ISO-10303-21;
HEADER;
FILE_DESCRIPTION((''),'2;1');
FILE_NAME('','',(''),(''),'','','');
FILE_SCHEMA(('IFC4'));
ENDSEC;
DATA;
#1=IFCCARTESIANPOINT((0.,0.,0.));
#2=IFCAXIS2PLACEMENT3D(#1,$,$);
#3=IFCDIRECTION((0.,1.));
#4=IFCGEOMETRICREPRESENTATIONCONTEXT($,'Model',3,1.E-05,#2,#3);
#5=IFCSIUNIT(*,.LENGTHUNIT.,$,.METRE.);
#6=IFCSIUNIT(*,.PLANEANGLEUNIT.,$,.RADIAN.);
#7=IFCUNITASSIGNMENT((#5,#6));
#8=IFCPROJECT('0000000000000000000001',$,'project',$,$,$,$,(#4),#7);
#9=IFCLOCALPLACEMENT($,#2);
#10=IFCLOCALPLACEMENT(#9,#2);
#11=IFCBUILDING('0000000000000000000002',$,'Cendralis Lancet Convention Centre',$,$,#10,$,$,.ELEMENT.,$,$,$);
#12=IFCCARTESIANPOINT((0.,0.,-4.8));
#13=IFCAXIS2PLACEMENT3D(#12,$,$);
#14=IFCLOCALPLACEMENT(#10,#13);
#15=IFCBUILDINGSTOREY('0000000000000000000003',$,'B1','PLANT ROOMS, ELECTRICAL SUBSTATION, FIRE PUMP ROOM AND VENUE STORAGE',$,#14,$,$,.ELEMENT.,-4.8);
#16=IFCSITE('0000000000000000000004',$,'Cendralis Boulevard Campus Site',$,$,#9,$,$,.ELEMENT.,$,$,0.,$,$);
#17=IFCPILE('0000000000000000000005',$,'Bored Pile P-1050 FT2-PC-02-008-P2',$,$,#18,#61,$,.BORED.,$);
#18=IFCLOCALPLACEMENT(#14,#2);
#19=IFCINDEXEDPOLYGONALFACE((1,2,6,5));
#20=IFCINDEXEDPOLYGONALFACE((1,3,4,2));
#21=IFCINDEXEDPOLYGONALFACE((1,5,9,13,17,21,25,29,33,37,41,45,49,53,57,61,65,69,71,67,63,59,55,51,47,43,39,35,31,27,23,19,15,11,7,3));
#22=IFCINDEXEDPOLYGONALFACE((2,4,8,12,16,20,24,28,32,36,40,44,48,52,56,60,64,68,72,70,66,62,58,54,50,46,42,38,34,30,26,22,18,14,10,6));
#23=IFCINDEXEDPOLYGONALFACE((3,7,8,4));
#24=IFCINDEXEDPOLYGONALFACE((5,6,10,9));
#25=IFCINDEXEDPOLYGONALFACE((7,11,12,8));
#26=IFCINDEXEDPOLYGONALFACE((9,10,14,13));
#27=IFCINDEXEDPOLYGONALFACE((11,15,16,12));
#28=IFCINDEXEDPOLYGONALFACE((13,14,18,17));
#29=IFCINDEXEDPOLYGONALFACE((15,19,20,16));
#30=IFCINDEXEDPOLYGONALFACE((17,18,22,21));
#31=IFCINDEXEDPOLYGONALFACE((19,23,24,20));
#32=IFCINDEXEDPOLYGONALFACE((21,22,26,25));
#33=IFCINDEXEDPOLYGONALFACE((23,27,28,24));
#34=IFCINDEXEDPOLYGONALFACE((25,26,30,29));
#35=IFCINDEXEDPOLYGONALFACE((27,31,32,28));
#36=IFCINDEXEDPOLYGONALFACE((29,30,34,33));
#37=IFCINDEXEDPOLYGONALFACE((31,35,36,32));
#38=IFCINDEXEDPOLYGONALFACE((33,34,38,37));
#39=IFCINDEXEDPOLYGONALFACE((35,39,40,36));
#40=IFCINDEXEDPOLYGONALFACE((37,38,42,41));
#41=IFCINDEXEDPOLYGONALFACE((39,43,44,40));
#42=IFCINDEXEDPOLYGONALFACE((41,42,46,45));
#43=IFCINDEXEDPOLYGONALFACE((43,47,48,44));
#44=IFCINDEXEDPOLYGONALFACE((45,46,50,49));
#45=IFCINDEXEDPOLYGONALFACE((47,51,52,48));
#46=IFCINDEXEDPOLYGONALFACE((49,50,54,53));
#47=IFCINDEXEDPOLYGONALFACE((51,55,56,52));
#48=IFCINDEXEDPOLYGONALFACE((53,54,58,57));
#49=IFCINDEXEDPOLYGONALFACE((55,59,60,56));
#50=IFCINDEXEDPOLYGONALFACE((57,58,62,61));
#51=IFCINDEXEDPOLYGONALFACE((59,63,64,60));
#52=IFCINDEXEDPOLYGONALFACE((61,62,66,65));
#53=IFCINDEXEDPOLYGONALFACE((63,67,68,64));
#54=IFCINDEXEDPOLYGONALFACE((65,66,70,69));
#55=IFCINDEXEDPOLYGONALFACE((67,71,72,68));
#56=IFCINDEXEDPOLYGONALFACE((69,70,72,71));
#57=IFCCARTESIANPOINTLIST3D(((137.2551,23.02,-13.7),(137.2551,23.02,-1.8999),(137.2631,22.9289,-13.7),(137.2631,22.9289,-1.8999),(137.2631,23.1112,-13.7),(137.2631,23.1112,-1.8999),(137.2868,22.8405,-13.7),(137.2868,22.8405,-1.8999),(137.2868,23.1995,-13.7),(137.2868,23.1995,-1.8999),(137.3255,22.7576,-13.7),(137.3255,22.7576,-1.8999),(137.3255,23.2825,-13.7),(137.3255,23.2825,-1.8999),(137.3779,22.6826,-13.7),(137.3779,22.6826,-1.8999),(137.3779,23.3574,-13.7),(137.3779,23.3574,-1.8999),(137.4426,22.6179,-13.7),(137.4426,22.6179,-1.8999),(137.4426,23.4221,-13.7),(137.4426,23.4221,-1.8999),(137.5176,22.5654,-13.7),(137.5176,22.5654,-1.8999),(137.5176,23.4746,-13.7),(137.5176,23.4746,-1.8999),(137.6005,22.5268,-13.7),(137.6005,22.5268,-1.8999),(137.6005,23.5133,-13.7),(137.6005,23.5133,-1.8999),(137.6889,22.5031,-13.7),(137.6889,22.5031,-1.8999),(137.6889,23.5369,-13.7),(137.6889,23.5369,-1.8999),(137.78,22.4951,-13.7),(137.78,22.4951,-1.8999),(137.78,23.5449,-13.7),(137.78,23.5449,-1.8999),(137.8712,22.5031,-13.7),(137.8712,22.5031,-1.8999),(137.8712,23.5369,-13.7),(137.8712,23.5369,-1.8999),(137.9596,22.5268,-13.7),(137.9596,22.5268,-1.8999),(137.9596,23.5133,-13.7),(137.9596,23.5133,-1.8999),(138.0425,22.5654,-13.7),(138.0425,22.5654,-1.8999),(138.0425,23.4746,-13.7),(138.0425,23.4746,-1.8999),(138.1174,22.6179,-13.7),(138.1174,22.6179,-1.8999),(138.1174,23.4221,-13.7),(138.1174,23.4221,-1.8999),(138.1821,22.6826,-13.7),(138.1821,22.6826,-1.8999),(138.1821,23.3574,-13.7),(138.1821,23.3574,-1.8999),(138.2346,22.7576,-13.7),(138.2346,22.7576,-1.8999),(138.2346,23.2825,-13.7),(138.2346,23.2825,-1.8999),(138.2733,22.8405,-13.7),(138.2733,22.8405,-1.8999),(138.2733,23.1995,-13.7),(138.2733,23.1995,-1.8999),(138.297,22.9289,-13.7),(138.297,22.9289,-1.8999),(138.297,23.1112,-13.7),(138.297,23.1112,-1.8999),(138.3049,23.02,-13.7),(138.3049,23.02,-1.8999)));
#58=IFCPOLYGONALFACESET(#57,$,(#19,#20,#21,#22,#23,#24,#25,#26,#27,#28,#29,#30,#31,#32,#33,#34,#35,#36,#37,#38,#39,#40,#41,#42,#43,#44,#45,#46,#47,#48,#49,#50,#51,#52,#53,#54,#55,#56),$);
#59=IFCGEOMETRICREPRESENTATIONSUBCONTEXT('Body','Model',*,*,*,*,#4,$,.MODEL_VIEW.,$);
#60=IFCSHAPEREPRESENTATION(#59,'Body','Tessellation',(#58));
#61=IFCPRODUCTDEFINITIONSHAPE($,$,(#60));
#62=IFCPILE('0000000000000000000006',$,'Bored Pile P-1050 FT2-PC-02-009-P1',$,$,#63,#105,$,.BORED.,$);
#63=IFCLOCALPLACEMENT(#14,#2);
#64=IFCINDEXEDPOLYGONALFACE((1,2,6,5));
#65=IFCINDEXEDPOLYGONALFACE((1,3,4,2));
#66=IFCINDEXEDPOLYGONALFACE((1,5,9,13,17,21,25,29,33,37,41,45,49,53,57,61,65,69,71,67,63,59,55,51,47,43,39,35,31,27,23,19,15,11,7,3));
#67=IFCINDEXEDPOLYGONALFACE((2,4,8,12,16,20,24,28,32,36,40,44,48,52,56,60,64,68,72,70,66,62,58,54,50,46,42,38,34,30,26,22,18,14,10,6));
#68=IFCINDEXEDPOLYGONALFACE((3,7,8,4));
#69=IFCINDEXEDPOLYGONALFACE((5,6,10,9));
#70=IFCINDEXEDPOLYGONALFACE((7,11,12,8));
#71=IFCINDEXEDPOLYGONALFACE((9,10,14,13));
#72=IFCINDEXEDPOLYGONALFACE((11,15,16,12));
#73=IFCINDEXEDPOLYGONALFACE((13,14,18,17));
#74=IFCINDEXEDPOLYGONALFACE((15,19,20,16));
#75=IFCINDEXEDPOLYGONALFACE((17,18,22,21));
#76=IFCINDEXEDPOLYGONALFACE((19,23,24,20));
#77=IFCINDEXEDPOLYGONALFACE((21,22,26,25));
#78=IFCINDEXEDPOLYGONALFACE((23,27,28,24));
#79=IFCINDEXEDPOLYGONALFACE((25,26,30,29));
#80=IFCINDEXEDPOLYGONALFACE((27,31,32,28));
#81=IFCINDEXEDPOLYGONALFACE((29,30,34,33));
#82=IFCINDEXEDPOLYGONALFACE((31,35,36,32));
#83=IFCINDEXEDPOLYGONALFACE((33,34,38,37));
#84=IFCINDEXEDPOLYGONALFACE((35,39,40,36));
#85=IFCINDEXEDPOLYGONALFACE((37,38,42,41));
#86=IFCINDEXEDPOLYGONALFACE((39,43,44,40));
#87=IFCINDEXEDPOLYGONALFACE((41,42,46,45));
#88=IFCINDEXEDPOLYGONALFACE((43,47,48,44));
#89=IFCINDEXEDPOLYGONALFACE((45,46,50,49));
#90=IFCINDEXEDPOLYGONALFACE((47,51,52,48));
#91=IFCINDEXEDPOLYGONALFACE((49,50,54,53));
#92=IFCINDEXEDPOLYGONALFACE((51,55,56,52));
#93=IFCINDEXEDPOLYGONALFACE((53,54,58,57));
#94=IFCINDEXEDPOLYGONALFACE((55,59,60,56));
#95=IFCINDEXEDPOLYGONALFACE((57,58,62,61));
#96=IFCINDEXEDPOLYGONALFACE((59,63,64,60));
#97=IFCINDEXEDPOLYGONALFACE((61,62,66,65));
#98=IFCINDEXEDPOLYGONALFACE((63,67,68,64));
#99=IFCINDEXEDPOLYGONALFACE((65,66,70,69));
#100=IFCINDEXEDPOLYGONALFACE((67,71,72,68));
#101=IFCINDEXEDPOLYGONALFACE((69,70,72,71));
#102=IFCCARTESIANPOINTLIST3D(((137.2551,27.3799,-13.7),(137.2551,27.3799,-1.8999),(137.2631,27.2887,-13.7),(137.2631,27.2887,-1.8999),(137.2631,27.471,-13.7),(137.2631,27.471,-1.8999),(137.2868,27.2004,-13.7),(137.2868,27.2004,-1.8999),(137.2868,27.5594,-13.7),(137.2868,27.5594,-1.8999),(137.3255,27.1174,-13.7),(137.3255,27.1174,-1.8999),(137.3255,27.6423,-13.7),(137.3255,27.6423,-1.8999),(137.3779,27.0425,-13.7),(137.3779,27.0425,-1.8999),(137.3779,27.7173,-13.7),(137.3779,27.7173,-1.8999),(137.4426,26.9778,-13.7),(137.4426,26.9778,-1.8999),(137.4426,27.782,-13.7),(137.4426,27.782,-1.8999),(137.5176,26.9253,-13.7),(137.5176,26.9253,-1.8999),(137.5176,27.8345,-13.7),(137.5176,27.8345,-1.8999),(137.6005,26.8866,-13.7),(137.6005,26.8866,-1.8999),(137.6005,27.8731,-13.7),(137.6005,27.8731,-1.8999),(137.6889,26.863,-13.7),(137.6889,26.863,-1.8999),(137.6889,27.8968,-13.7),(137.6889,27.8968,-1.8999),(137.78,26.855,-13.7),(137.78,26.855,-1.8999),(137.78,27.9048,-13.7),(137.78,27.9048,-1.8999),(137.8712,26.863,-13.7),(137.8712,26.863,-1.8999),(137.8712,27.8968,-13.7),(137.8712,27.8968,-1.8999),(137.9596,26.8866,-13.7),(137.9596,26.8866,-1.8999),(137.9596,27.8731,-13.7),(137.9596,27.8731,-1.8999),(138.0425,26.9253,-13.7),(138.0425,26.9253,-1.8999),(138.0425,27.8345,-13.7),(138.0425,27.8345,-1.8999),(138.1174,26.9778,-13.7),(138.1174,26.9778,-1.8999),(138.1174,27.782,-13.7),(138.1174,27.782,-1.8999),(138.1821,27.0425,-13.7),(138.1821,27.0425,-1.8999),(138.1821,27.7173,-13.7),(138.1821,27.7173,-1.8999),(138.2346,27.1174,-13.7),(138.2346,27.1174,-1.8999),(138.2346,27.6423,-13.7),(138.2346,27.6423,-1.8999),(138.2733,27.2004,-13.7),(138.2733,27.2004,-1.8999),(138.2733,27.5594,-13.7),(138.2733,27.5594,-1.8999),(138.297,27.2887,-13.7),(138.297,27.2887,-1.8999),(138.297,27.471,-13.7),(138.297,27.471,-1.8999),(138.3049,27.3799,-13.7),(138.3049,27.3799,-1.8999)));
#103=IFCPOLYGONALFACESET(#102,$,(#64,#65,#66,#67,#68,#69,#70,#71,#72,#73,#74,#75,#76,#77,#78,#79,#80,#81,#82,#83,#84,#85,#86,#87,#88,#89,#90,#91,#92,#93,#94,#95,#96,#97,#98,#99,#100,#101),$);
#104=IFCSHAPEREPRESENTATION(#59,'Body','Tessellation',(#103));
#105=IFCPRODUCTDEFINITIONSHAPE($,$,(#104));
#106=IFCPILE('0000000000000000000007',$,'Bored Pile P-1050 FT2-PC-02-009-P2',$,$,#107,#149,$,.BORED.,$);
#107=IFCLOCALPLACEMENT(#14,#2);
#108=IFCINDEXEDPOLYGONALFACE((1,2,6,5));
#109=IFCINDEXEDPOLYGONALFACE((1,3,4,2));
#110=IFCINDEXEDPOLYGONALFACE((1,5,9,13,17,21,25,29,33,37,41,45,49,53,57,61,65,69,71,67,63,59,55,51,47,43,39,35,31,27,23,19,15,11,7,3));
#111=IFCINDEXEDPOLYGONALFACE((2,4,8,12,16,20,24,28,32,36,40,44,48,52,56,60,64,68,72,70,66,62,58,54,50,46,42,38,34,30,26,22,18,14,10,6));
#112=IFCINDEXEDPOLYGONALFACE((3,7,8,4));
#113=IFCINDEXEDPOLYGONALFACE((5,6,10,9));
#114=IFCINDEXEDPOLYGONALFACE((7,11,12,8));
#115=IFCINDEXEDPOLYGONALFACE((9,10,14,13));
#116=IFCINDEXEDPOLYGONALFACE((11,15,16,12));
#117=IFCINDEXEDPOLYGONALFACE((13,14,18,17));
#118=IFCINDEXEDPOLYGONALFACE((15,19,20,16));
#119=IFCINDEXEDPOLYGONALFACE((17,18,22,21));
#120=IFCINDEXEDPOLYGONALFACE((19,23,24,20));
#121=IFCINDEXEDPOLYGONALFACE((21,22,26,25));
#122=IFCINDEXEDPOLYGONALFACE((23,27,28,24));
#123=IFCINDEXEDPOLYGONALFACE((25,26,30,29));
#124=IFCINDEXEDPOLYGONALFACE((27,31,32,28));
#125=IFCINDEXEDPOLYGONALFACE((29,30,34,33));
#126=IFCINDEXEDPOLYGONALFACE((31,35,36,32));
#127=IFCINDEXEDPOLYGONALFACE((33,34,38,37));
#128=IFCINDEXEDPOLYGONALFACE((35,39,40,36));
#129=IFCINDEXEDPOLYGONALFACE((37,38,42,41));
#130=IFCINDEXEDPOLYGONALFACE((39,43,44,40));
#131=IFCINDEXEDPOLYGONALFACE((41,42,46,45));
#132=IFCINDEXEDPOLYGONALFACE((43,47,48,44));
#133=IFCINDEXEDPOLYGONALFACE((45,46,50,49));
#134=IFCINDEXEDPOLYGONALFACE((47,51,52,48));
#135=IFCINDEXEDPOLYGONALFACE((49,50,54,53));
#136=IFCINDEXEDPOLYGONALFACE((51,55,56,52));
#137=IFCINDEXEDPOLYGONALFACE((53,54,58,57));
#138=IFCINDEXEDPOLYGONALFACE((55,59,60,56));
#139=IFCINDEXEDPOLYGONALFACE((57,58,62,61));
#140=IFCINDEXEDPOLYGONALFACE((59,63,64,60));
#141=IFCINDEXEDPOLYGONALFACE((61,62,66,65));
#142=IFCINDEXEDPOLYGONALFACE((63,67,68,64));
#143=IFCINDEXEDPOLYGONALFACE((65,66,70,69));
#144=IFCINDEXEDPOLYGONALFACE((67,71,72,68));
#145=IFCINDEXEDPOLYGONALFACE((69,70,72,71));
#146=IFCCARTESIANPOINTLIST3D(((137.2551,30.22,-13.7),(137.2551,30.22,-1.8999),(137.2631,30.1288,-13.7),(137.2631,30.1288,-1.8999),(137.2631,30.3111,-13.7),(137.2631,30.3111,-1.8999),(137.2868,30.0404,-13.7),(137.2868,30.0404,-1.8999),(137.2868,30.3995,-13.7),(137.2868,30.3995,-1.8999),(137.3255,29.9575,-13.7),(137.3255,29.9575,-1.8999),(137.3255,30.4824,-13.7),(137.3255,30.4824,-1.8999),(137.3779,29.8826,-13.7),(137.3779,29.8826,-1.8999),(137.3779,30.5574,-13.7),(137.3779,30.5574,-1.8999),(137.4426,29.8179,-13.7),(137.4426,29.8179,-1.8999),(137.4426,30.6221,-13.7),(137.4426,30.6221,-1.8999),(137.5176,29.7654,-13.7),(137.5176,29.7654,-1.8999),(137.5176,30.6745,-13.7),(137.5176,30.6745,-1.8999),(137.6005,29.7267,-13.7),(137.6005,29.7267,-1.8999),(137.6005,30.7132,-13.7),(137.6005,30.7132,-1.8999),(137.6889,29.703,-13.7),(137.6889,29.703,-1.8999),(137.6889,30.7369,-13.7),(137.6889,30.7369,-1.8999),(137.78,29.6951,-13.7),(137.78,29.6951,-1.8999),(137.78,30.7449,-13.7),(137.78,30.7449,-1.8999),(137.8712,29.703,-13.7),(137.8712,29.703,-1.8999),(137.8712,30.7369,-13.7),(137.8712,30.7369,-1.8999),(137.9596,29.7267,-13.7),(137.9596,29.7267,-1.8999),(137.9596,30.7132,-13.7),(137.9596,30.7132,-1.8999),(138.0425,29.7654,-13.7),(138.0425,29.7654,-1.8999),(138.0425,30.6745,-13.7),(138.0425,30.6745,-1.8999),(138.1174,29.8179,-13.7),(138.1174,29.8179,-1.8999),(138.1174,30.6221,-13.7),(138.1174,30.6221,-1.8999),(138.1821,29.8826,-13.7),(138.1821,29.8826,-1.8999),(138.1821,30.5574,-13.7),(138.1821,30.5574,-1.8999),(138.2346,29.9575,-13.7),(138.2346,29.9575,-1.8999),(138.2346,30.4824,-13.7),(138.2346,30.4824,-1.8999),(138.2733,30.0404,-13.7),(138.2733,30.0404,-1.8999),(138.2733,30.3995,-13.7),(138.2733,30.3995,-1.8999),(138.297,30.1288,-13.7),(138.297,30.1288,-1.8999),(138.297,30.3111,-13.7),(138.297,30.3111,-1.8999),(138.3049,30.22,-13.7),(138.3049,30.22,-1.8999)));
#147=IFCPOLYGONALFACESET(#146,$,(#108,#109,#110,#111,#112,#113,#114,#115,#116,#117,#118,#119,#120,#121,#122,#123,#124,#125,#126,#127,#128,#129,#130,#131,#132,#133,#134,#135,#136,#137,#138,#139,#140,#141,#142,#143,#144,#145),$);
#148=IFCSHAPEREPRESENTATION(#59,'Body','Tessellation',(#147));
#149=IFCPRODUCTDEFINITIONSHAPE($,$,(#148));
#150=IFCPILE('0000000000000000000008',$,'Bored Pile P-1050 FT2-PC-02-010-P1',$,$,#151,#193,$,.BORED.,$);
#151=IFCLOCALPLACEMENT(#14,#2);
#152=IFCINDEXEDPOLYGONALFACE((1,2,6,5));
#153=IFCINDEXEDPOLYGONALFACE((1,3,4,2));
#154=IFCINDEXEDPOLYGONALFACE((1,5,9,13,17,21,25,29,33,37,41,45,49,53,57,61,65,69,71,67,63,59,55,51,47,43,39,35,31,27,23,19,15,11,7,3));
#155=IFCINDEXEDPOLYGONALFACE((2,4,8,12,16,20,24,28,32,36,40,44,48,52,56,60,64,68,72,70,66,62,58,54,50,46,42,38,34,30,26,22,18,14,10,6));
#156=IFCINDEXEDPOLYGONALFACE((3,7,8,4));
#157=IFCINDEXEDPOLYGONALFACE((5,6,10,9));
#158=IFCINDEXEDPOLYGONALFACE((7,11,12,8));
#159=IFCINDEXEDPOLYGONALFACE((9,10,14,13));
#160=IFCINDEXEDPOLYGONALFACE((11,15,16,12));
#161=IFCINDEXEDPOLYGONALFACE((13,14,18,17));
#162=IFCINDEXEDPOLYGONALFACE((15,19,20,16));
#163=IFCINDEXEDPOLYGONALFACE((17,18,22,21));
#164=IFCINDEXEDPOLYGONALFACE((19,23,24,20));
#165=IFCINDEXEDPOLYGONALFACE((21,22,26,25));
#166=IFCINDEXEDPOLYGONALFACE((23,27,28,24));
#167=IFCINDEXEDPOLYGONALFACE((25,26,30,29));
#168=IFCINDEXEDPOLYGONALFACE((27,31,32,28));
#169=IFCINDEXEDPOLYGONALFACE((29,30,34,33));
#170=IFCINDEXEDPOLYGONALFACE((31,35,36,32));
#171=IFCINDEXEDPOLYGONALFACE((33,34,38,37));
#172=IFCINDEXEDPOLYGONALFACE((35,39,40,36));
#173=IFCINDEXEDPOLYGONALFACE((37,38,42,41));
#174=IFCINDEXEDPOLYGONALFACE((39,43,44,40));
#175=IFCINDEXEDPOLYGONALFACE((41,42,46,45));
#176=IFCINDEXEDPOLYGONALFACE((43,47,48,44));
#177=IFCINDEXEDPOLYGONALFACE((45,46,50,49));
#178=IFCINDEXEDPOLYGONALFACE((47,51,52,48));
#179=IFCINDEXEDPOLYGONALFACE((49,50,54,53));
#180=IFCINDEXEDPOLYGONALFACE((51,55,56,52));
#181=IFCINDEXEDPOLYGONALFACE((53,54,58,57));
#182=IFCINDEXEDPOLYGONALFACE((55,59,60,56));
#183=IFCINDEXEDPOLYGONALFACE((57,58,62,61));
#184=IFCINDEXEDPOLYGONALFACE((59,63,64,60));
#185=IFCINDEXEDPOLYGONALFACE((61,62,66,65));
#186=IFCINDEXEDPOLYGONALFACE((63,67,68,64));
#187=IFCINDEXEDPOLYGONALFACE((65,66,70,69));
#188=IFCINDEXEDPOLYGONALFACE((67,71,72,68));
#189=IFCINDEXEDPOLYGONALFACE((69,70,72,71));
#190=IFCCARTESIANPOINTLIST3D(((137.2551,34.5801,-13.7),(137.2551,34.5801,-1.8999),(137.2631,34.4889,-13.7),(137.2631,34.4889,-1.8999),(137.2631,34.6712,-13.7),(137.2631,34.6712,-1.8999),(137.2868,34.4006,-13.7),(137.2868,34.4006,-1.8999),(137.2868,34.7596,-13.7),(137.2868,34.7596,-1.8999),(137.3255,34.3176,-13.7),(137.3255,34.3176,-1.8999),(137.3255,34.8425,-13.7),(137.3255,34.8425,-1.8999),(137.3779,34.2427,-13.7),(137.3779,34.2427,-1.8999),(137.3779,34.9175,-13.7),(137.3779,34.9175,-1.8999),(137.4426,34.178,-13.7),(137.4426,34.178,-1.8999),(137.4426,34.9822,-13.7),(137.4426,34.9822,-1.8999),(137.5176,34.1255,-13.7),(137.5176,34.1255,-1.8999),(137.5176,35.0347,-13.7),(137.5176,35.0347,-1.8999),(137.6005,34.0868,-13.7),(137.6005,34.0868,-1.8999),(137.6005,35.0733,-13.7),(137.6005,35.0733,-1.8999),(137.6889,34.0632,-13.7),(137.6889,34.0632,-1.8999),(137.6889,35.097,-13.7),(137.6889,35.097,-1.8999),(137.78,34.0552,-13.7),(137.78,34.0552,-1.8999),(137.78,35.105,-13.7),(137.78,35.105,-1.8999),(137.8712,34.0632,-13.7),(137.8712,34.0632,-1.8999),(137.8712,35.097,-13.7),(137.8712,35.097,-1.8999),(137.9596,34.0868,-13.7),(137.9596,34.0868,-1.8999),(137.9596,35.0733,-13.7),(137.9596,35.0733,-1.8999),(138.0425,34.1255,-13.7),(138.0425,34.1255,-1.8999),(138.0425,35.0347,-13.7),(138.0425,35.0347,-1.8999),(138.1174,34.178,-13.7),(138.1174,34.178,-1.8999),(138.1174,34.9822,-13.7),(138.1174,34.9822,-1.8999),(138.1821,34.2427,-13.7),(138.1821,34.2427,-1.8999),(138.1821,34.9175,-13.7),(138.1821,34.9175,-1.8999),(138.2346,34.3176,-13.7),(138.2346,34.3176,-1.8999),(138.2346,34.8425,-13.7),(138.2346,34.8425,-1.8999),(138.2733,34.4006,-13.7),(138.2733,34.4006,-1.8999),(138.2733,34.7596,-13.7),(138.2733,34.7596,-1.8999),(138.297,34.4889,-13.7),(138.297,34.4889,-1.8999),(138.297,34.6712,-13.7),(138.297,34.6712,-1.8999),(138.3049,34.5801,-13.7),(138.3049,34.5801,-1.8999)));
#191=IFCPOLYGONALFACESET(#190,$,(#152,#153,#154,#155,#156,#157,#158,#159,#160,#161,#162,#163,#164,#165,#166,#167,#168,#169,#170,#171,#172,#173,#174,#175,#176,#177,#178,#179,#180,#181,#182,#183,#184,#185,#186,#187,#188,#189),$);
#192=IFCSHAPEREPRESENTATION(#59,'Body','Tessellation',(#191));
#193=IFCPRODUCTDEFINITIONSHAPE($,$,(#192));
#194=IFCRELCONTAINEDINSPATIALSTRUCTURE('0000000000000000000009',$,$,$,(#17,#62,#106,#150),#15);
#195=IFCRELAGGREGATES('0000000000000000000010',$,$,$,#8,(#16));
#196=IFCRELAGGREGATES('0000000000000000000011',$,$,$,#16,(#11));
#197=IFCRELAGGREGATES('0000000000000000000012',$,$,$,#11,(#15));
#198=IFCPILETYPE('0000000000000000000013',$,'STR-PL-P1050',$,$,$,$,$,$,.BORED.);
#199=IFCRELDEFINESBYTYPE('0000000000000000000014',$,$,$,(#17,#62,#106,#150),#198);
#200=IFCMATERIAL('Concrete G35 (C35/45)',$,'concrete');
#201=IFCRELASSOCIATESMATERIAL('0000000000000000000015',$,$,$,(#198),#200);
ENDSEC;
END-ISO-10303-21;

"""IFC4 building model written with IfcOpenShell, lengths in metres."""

from ifc_helpers import new_model, si_unit, direction, frame, origin, origin_2d, place, context, subcontext, project, spatial, circle, extrude, material, material_profile, profile_set, type_object, element, save


model = new_model("IFC4")

# Units and contexts
model_context = context("Model", 3, precision=1e-05, world=origin(), true_north=direction((0.0, 1.0)))
body_context = subcontext(model_context, "Body", "Model", "MODEL_VIEW")
ifc_project = project(units=[si_unit("LENGTHUNIT", "METRE"), si_unit("PLANEANGLEUNIT", "RADIAN")], contexts=[model_context])

# Site, building, storey
site_placement = place(None, origin())
site = spatial("IfcSite", under=ifc_project, at=site_placement, Name="Cendralis Boulevard Campus Site", CompositionType="ELEMENT", RefElevation=0.0)
building_placement = place(site_placement, origin())
building = spatial("IfcBuilding", under=site, at=building_placement, Name="Cendralis Lancet Convention Centre", CompositionType="ELEMENT")
storey_placement = place(building_placement, frame((0.0, 0.0, -4.8)))
storey = spatial("IfcBuildingStorey", under=building, at=storey_placement, Name="B1", Description="PLANT ROOMS, ELECTRICAL SUBSTATION, FIRE PUMP ROOM AND VENUE STORAGE", CompositionType="ELEMENT", Elevation=-4.8)

# Shared definitions
ifc_material_1 = material(Name="Concrete G35 (C35/45)", Category="concrete")

# Piles
ifc_material_profile_1 = material_profile(ifc_material_1, circle(Radius=0.5249, at=origin_2d()), Name="BORED PILE D1050")
ifc_profile_set_1 = profile_set([ifc_material_profile_1], Name="Concrete G35 (C35/45)")
pile_type = type_object("IfcPileType", Name="STR-PL-P1050", PredefinedType="BORED", material=ifc_profile_set_1)
for number, where, z_axis, x_axis, name in (
    (1, (137.78, 23.02, -1.8999), (0.0, 0.0, -1.0), (1.0, 0.0, 0.0), "Bored Pile P-1050 FT2-PC-02-008-P2"),
    (2, (137.78, 27.3799, -1.8999), (0.0, 0.0, -1.0), (1.0, 0.0, 0.0), "Bored Pile P-1050 FT2-PC-02-009-P1"),
    (3, (137.78, 30.22, -1.8999), (0.0, 0.0, -1.0), (1.0, 0.0, 0.0), "Bored Pile P-1050 FT2-PC-02-009-P2"),
    (4, (137.78, 34.5801, -1.8999), (0.0, 0.0, -1.0), (1.0, 0.0, 0.0), "Bored Pile P-1050 FT2-PC-02-010-P1"),
):
    element("IfcPile", number, at=place(storey_placement, frame(where, z_axis=z_axis, x_axis=x_axis)), inside=storey, type_object=pile_type, Name=name, PredefinedType="BORED", context=body_context, shape_type="SweptSolid", body=[
        extrude(circle(Radius=0.5249, at=origin_2d()), origin(), (0.0, 0.0, 1.0), 11.8),
    ])

save(model, "model.ifc")
